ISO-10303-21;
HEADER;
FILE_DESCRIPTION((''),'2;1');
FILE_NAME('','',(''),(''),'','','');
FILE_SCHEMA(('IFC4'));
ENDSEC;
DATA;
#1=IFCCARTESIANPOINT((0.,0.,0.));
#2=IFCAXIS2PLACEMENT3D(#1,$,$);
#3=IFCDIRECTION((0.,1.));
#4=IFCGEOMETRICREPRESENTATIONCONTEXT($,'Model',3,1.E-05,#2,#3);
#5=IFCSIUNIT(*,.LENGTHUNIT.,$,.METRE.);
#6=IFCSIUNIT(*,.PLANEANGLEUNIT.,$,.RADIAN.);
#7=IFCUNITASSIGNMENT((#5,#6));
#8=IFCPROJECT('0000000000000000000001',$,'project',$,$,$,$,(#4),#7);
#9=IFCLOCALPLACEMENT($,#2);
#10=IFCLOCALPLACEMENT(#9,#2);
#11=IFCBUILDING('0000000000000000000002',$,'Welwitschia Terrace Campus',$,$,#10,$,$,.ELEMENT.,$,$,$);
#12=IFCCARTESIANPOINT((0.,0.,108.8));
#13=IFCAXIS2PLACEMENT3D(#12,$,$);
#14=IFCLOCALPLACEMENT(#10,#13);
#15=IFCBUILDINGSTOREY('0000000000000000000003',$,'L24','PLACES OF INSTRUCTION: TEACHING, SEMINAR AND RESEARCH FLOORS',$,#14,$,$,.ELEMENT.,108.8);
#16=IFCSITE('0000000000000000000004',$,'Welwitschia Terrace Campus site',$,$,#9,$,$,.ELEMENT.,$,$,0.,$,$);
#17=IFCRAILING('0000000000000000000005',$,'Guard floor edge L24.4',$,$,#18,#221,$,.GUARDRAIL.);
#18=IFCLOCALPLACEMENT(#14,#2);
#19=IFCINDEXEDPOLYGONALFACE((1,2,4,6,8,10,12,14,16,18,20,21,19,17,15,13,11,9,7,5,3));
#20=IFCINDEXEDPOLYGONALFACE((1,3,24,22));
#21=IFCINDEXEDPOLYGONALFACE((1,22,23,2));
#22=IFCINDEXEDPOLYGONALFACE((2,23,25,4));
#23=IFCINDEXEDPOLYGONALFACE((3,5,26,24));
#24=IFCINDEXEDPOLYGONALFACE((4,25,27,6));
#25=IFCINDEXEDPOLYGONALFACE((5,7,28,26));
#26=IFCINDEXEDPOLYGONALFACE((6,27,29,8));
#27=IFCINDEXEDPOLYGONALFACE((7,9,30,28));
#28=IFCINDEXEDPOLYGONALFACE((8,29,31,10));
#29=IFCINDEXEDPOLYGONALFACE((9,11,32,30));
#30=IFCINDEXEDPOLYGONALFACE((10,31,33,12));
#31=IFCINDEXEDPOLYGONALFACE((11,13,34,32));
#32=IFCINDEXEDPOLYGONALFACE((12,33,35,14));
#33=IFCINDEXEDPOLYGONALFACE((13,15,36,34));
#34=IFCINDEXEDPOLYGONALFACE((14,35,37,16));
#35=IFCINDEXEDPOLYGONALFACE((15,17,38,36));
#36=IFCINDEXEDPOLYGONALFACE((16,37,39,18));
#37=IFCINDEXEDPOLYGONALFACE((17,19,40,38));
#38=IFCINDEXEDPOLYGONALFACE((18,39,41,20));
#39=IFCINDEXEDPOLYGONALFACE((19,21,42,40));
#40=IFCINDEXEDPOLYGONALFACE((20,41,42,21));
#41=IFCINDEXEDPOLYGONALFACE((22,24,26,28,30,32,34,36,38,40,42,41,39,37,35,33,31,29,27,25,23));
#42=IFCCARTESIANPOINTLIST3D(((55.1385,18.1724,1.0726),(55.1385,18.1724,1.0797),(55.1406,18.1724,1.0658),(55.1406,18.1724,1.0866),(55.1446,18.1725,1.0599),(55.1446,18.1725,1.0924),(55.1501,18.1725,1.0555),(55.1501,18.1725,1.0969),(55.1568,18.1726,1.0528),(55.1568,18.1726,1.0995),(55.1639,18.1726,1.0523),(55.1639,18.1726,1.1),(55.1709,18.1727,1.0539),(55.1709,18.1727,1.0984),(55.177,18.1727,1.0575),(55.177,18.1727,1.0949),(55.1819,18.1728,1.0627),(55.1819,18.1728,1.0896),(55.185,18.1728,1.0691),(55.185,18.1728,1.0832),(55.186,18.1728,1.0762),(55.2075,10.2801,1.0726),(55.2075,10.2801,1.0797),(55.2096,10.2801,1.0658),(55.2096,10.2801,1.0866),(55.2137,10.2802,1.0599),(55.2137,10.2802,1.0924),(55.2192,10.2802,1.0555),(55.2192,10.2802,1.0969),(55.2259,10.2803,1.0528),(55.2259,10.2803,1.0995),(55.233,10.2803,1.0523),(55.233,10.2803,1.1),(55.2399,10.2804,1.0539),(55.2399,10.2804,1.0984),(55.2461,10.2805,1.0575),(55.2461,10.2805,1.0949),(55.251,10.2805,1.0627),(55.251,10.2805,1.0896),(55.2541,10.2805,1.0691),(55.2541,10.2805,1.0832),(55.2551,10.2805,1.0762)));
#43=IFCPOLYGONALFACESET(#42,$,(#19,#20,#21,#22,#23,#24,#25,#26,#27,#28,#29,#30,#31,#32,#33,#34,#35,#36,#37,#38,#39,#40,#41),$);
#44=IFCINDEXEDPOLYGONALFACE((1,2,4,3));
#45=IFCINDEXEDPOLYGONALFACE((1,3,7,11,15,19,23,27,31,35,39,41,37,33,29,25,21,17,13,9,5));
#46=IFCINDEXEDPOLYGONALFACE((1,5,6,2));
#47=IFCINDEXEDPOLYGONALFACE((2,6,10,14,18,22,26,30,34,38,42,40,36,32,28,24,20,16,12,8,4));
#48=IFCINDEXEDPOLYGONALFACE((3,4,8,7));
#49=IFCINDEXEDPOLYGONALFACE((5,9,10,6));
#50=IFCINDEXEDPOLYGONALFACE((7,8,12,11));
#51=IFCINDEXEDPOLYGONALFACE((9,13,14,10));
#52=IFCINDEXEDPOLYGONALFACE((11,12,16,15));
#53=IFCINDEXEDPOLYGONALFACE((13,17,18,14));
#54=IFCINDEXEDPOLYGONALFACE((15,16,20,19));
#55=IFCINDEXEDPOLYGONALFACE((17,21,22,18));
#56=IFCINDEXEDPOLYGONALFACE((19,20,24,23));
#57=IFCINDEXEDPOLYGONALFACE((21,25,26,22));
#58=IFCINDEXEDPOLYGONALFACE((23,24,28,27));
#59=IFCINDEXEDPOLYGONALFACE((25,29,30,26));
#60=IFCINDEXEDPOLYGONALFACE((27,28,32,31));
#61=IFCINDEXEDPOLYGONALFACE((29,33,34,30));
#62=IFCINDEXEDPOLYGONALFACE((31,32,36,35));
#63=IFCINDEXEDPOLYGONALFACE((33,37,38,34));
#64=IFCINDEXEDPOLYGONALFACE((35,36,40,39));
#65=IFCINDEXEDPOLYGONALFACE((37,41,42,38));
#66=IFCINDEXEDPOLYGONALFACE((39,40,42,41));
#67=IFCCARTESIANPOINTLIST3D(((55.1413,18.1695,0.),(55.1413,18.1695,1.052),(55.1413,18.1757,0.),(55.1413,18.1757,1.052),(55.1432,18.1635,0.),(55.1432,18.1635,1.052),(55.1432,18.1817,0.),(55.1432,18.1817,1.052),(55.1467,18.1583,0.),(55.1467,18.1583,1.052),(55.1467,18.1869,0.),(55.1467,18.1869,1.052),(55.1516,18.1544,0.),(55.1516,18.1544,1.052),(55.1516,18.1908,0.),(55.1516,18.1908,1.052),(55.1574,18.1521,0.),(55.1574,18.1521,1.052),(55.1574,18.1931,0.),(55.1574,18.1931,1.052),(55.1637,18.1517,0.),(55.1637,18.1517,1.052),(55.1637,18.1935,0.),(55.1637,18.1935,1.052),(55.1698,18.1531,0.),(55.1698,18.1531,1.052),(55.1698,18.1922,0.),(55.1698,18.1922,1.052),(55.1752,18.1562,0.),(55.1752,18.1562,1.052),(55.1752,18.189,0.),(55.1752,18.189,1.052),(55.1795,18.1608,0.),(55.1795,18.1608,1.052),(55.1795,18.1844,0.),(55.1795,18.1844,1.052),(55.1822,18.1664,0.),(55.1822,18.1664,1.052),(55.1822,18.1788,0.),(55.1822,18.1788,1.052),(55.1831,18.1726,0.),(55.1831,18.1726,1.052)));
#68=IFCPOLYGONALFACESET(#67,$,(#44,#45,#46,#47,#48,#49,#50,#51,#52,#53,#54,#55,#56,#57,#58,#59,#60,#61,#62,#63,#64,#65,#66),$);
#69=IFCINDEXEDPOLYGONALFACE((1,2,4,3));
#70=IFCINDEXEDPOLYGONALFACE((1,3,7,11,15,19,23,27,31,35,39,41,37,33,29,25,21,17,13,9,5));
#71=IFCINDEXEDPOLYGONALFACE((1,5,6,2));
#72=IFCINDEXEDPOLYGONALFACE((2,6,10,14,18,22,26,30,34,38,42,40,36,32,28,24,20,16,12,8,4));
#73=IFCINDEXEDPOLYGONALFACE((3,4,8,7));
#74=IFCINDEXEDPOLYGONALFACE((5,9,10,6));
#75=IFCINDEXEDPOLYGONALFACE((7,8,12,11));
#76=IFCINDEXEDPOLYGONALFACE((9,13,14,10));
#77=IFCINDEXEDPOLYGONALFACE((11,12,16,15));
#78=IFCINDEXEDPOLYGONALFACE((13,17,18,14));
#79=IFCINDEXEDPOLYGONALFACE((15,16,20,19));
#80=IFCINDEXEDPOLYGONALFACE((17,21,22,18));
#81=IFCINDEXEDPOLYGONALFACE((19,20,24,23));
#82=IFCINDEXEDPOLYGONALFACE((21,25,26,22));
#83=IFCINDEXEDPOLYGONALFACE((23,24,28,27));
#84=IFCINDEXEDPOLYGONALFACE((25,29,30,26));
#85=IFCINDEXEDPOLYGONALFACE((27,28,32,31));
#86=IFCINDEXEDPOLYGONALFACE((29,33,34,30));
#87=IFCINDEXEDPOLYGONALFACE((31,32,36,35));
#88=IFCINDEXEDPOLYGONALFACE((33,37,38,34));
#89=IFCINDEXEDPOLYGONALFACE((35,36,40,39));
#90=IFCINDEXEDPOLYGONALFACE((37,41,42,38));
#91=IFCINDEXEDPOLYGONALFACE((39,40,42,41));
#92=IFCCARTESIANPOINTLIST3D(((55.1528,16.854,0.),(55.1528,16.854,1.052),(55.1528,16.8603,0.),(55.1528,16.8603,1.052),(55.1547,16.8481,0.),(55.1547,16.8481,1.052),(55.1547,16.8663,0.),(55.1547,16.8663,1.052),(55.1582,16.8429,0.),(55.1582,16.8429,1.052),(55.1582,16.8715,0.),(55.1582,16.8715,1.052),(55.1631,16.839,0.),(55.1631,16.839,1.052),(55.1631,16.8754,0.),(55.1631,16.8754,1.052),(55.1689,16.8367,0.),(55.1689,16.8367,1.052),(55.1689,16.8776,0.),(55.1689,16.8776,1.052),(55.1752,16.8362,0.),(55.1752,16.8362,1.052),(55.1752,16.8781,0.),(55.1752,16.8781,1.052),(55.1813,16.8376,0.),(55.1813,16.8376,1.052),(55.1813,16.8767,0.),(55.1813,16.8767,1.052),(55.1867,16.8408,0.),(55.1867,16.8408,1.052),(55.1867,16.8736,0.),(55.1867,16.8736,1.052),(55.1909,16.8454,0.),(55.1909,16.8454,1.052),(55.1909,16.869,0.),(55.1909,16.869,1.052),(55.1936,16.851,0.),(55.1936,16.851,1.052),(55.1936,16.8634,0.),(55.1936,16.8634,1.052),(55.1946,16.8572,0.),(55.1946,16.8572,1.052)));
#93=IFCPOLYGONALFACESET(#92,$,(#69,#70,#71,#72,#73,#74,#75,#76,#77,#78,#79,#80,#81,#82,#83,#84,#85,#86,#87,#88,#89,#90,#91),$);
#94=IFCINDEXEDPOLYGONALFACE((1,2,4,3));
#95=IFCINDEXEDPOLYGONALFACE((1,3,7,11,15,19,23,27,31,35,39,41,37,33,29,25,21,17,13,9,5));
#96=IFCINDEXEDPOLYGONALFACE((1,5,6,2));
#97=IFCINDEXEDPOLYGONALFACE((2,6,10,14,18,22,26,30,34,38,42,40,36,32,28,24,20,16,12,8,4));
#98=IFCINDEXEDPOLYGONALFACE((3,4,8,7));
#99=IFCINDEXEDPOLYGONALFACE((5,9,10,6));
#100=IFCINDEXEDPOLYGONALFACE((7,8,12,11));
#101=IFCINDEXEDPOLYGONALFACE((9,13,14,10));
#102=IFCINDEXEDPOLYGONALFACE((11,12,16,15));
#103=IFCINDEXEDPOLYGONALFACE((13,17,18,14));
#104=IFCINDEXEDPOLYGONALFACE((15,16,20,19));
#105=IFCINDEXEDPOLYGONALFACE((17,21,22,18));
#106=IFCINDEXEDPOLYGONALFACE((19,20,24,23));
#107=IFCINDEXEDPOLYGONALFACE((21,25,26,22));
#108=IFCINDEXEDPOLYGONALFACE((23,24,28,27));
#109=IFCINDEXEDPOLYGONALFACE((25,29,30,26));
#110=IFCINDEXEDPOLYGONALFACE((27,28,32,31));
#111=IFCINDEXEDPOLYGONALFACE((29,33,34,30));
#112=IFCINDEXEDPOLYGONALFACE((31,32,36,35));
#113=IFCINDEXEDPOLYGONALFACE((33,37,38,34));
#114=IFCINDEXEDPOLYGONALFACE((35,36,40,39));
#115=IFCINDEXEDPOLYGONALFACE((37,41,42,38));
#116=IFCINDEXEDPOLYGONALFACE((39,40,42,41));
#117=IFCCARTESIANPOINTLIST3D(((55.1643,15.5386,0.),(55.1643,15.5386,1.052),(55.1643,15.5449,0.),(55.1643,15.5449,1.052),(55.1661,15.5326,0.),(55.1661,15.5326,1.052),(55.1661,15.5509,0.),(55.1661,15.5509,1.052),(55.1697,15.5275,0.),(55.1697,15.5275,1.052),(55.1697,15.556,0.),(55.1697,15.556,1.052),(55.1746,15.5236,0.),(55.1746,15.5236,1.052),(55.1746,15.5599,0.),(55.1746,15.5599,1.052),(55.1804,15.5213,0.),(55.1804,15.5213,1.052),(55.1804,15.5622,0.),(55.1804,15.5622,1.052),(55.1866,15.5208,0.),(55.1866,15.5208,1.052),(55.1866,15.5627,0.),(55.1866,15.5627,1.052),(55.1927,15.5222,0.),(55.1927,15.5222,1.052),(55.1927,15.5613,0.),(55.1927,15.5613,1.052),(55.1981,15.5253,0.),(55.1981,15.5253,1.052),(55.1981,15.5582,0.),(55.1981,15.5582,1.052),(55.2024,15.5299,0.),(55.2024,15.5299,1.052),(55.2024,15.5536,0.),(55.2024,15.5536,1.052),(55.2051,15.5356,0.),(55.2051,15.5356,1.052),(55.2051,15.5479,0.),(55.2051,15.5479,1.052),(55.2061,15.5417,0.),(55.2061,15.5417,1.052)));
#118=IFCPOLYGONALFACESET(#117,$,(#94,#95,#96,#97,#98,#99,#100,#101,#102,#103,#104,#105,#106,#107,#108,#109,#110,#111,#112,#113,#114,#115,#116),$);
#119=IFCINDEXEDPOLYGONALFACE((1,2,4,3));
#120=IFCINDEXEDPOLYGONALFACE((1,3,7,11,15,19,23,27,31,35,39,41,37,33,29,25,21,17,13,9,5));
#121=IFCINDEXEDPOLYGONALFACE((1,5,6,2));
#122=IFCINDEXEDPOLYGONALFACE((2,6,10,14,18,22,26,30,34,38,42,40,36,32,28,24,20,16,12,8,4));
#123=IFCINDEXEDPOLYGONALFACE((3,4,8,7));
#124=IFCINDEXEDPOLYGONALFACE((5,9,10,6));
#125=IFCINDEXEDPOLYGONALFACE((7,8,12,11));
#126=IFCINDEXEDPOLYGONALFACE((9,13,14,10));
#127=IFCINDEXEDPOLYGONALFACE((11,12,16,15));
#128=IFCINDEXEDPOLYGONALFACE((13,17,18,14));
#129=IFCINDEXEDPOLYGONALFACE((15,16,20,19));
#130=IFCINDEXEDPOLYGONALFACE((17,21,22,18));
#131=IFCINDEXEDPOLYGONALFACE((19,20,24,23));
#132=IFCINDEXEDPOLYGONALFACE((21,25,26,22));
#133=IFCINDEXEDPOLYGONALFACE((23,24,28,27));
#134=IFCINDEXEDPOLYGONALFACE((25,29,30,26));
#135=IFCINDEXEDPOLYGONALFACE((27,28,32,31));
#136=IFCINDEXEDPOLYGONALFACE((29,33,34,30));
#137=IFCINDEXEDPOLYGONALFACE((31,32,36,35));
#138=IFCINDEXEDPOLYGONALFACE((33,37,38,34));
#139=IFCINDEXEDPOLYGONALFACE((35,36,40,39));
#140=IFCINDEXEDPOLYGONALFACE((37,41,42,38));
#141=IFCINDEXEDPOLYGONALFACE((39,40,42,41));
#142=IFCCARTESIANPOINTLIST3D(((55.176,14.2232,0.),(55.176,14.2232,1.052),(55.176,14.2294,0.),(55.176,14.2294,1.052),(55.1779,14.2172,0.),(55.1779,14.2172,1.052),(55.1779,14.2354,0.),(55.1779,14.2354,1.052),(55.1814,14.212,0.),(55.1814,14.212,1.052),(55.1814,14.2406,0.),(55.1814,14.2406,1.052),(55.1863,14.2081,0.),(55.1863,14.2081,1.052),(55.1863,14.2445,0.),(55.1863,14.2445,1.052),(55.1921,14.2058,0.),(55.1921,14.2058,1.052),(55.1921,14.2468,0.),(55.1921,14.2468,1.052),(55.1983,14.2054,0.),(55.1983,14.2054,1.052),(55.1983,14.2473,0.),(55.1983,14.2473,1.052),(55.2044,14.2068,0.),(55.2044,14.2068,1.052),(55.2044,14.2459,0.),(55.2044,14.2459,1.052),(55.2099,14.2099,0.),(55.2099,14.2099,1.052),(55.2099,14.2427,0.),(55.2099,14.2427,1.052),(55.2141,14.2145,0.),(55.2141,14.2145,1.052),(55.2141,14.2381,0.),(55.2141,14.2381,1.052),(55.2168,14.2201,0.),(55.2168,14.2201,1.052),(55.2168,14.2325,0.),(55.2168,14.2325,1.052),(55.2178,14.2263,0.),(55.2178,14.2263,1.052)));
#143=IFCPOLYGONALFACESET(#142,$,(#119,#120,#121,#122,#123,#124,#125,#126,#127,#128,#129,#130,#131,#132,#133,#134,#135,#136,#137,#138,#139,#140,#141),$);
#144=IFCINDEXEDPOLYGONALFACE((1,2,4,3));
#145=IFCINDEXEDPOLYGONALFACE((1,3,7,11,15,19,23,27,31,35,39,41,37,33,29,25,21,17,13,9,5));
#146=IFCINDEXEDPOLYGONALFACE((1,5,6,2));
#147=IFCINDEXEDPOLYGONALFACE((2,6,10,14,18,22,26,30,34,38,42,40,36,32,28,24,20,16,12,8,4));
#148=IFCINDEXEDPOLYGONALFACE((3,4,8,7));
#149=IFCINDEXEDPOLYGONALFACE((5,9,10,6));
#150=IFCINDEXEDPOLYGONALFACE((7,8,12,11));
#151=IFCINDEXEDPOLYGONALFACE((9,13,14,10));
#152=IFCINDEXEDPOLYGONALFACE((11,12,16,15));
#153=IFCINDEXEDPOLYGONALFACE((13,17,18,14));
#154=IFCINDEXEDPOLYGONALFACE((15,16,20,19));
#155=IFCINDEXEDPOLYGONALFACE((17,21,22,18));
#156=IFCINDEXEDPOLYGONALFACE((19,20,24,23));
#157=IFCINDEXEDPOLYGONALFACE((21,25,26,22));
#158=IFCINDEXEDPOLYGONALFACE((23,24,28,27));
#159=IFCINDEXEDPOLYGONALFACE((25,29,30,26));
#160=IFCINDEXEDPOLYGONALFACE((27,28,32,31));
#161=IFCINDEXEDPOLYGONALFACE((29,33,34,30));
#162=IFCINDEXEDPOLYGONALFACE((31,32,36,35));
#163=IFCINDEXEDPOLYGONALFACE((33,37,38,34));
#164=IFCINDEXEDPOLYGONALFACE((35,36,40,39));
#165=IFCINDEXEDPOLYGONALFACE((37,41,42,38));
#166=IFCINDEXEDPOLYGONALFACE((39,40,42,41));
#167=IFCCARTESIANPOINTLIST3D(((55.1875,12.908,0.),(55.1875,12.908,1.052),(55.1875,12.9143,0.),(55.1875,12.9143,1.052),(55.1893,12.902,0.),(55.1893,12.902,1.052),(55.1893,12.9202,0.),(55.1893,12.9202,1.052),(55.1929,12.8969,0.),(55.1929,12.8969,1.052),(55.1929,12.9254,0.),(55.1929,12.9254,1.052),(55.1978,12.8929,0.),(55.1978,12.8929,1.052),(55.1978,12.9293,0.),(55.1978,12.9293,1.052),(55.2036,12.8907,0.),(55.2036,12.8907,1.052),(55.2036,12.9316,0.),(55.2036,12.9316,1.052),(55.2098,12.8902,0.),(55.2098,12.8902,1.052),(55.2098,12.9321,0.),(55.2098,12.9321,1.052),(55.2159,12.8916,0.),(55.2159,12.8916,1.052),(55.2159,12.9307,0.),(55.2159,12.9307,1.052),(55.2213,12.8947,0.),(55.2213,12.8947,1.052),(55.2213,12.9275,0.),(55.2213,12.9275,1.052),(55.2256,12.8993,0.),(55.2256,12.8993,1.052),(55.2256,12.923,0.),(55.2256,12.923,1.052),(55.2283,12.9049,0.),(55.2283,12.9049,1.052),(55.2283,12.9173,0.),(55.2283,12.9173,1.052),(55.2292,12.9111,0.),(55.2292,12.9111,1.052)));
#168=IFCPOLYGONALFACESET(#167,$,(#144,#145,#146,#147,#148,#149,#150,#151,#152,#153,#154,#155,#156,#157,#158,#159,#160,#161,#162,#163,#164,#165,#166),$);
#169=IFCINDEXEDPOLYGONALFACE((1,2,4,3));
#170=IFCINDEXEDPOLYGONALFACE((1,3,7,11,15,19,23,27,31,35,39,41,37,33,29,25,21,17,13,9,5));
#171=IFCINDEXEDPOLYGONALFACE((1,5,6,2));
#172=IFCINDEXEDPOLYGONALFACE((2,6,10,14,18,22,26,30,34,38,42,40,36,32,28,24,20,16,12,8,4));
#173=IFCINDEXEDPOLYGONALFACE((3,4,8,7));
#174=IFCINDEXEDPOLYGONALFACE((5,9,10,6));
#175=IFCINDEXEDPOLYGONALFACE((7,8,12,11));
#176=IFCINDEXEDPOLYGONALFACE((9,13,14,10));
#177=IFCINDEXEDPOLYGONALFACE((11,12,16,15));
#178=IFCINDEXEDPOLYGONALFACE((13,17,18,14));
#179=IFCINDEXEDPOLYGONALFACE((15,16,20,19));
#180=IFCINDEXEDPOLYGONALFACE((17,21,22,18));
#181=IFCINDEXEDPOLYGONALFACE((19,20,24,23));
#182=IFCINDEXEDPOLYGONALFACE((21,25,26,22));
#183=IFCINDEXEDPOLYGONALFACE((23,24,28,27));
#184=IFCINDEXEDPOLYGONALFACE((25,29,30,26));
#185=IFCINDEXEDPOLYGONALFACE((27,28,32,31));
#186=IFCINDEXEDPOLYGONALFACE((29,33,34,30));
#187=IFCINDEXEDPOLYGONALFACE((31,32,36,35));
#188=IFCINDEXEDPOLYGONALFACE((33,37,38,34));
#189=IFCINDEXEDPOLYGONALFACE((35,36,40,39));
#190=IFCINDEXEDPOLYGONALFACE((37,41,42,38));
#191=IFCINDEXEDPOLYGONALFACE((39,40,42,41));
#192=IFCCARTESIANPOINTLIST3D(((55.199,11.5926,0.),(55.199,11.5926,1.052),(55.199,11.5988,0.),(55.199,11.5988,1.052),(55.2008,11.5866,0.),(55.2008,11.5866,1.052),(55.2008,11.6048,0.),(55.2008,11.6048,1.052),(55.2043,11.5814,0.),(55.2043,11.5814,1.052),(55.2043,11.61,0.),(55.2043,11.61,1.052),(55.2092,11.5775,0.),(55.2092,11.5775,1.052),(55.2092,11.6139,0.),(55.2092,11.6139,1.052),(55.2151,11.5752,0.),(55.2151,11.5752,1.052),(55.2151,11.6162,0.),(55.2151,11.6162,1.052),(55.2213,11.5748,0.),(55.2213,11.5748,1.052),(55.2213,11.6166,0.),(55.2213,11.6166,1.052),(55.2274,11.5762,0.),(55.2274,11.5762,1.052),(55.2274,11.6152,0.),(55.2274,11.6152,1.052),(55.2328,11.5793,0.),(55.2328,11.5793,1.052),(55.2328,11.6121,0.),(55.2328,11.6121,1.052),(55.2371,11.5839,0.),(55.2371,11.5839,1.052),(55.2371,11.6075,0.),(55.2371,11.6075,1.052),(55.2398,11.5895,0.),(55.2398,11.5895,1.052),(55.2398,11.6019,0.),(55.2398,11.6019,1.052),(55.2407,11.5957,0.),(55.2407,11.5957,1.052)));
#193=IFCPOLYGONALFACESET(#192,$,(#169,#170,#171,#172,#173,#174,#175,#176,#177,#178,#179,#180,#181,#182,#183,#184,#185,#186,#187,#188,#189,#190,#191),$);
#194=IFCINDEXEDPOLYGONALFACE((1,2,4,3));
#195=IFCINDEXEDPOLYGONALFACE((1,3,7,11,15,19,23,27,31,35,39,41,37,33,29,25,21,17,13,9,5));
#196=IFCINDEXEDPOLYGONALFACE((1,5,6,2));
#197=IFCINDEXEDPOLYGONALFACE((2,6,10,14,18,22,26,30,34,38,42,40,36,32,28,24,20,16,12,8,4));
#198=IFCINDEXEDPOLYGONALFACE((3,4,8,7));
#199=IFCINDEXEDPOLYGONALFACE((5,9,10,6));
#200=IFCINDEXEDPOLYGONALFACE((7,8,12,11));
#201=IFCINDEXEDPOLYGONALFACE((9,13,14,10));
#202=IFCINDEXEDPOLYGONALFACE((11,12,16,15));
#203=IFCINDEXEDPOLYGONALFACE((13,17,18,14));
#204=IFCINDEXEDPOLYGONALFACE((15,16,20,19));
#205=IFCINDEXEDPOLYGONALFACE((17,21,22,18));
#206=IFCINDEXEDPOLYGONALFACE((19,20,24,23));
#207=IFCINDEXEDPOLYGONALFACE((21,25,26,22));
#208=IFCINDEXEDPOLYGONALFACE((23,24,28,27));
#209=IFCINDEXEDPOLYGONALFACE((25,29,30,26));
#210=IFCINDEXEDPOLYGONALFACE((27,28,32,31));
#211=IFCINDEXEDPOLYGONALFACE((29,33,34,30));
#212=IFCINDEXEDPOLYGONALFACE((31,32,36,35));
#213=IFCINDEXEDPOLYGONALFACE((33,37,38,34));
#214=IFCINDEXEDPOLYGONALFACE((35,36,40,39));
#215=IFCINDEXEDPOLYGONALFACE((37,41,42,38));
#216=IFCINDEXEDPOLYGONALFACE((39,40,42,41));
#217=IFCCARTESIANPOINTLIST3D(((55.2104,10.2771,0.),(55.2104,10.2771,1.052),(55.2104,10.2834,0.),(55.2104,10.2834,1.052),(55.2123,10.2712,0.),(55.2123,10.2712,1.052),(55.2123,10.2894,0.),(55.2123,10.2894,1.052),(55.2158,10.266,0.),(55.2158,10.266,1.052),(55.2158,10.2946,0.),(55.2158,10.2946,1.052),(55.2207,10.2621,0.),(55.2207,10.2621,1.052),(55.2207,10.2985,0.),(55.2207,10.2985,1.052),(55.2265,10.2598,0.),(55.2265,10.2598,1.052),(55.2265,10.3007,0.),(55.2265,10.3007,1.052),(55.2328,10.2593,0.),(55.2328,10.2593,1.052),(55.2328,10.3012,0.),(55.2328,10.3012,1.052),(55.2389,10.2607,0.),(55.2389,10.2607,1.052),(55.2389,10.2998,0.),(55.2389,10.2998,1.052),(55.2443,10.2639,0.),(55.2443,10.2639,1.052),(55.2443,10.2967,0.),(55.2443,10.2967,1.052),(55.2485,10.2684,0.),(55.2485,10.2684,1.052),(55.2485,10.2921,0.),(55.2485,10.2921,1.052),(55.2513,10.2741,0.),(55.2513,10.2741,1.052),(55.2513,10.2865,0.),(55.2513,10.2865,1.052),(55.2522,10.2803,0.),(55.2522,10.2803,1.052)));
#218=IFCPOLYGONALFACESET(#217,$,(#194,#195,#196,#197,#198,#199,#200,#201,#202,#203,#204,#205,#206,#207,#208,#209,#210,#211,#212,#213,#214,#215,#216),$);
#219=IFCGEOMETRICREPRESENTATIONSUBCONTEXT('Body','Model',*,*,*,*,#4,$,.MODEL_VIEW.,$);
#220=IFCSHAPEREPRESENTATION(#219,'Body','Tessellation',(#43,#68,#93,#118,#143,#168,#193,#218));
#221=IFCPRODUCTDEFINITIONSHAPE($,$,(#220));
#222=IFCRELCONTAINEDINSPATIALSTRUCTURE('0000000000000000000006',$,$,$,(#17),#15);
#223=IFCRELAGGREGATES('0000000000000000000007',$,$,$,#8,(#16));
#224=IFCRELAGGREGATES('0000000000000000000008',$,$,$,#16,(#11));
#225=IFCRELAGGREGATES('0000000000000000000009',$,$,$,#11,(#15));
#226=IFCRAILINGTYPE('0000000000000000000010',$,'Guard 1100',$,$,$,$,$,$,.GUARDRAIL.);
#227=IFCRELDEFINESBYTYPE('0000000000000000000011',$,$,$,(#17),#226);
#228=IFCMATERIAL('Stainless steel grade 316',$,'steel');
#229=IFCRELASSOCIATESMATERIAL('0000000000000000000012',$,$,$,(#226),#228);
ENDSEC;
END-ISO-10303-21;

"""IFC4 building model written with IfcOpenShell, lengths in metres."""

from ifc_helpers import new_model, si_unit, direction, frame, origin, origin_2d, place, context, subcontext, project, spatial, circle, extrude, material, type_object, element, save


model = new_model("IFC4")

# Units and contexts
model_context = context("Model", 3, precision=1e-05, world=origin(), true_north=direction((0.0, 1.0)))
body_context = subcontext(model_context, "Body", "Model", "MODEL_VIEW")
ifc_project = project(units=[si_unit("LENGTHUNIT", "METRE"), si_unit("PLANEANGLEUNIT", "RADIAN")], contexts=[model_context])

# Site, building, storey
site_placement = place(None, origin())
site = spatial("IfcSite", under=ifc_project, at=site_placement, Name="Welwitschia Terrace Campus site", CompositionType="ELEMENT", RefElevation=0.0)
building_placement = place(site_placement, origin())
building = spatial("IfcBuilding", under=site, at=building_placement, Name="Welwitschia Terrace Campus", CompositionType="ELEMENT")
storey_placement = place(building_placement, frame((0.0, 0.0, 108.8)))
storey = spatial("IfcBuildingStorey", under=building, at=storey_placement, Name="L24", Description="PLACES OF INSTRUCTION: TEACHING, SEMINAR AND RESEARCH FLOORS", CompositionType="ELEMENT", Elevation=108.8)

# Railing
ifc_material_1 = material(Name="Stainless steel grade 316", Category="steel")
railing_type = type_object("IfcRailingType", Name="Guard 1100", PredefinedType="GUARDRAIL", material=ifc_material_1)
railing_1_placement = place(storey_placement, frame((55.1621, 18.1726, 0.0)))
element("IfcRailing", 1, at=railing_1_placement, inside=storey, type_object=railing_type, Name="Guard floor edge L24.4", PredefinedType="GUARDRAIL", context=body_context, shape_type="SweptSolid", body=[
    extrude(circle(Radius=0.0239, at=origin_2d()), frame((0.0, 0.0, 1.0762), z_axis=(0.008754, -0.999962, 0.0), x_axis=(0.999962, 0.008754, 0.0)), (0.0, 0.0, 1.0), 7.8926),
    extrude(circle(Radius=0.021, at=origin_2d()), origin(), (0.0, 0.0, 1.0), 1.052),
    extrude(circle(Radius=0.021, at=origin_2d()), frame((0.0115, -1.3154, 0.0)), (0.0, 0.0, 1.0), 1.052),
    extrude(circle(Radius=0.021, at=origin_2d()), frame((0.0229, -2.6309, 0.0)), (0.0, 0.0, 1.0), 1.052),
    extrude(circle(Radius=0.021, at=origin_2d()), frame((0.0347, -3.9463, 0.0)), (0.0, 0.0, 1.0), 1.052),
    extrude(circle(Radius=0.021, at=origin_2d()), frame((0.0461, -5.2615, 0.0)), (0.0, 0.0, 1.0), 1.052),
    extrude(circle(Radius=0.021, at=origin_2d()), frame((0.0576, -6.5769, 0.0)), (0.0, 0.0, 1.0), 1.052),
    extrude(circle(Radius=0.021, at=origin_2d()), frame((0.0691, -7.8923, 0.0)), (0.0, 0.0, 1.0), 1.052),
])

save(model, "model.ifc")
